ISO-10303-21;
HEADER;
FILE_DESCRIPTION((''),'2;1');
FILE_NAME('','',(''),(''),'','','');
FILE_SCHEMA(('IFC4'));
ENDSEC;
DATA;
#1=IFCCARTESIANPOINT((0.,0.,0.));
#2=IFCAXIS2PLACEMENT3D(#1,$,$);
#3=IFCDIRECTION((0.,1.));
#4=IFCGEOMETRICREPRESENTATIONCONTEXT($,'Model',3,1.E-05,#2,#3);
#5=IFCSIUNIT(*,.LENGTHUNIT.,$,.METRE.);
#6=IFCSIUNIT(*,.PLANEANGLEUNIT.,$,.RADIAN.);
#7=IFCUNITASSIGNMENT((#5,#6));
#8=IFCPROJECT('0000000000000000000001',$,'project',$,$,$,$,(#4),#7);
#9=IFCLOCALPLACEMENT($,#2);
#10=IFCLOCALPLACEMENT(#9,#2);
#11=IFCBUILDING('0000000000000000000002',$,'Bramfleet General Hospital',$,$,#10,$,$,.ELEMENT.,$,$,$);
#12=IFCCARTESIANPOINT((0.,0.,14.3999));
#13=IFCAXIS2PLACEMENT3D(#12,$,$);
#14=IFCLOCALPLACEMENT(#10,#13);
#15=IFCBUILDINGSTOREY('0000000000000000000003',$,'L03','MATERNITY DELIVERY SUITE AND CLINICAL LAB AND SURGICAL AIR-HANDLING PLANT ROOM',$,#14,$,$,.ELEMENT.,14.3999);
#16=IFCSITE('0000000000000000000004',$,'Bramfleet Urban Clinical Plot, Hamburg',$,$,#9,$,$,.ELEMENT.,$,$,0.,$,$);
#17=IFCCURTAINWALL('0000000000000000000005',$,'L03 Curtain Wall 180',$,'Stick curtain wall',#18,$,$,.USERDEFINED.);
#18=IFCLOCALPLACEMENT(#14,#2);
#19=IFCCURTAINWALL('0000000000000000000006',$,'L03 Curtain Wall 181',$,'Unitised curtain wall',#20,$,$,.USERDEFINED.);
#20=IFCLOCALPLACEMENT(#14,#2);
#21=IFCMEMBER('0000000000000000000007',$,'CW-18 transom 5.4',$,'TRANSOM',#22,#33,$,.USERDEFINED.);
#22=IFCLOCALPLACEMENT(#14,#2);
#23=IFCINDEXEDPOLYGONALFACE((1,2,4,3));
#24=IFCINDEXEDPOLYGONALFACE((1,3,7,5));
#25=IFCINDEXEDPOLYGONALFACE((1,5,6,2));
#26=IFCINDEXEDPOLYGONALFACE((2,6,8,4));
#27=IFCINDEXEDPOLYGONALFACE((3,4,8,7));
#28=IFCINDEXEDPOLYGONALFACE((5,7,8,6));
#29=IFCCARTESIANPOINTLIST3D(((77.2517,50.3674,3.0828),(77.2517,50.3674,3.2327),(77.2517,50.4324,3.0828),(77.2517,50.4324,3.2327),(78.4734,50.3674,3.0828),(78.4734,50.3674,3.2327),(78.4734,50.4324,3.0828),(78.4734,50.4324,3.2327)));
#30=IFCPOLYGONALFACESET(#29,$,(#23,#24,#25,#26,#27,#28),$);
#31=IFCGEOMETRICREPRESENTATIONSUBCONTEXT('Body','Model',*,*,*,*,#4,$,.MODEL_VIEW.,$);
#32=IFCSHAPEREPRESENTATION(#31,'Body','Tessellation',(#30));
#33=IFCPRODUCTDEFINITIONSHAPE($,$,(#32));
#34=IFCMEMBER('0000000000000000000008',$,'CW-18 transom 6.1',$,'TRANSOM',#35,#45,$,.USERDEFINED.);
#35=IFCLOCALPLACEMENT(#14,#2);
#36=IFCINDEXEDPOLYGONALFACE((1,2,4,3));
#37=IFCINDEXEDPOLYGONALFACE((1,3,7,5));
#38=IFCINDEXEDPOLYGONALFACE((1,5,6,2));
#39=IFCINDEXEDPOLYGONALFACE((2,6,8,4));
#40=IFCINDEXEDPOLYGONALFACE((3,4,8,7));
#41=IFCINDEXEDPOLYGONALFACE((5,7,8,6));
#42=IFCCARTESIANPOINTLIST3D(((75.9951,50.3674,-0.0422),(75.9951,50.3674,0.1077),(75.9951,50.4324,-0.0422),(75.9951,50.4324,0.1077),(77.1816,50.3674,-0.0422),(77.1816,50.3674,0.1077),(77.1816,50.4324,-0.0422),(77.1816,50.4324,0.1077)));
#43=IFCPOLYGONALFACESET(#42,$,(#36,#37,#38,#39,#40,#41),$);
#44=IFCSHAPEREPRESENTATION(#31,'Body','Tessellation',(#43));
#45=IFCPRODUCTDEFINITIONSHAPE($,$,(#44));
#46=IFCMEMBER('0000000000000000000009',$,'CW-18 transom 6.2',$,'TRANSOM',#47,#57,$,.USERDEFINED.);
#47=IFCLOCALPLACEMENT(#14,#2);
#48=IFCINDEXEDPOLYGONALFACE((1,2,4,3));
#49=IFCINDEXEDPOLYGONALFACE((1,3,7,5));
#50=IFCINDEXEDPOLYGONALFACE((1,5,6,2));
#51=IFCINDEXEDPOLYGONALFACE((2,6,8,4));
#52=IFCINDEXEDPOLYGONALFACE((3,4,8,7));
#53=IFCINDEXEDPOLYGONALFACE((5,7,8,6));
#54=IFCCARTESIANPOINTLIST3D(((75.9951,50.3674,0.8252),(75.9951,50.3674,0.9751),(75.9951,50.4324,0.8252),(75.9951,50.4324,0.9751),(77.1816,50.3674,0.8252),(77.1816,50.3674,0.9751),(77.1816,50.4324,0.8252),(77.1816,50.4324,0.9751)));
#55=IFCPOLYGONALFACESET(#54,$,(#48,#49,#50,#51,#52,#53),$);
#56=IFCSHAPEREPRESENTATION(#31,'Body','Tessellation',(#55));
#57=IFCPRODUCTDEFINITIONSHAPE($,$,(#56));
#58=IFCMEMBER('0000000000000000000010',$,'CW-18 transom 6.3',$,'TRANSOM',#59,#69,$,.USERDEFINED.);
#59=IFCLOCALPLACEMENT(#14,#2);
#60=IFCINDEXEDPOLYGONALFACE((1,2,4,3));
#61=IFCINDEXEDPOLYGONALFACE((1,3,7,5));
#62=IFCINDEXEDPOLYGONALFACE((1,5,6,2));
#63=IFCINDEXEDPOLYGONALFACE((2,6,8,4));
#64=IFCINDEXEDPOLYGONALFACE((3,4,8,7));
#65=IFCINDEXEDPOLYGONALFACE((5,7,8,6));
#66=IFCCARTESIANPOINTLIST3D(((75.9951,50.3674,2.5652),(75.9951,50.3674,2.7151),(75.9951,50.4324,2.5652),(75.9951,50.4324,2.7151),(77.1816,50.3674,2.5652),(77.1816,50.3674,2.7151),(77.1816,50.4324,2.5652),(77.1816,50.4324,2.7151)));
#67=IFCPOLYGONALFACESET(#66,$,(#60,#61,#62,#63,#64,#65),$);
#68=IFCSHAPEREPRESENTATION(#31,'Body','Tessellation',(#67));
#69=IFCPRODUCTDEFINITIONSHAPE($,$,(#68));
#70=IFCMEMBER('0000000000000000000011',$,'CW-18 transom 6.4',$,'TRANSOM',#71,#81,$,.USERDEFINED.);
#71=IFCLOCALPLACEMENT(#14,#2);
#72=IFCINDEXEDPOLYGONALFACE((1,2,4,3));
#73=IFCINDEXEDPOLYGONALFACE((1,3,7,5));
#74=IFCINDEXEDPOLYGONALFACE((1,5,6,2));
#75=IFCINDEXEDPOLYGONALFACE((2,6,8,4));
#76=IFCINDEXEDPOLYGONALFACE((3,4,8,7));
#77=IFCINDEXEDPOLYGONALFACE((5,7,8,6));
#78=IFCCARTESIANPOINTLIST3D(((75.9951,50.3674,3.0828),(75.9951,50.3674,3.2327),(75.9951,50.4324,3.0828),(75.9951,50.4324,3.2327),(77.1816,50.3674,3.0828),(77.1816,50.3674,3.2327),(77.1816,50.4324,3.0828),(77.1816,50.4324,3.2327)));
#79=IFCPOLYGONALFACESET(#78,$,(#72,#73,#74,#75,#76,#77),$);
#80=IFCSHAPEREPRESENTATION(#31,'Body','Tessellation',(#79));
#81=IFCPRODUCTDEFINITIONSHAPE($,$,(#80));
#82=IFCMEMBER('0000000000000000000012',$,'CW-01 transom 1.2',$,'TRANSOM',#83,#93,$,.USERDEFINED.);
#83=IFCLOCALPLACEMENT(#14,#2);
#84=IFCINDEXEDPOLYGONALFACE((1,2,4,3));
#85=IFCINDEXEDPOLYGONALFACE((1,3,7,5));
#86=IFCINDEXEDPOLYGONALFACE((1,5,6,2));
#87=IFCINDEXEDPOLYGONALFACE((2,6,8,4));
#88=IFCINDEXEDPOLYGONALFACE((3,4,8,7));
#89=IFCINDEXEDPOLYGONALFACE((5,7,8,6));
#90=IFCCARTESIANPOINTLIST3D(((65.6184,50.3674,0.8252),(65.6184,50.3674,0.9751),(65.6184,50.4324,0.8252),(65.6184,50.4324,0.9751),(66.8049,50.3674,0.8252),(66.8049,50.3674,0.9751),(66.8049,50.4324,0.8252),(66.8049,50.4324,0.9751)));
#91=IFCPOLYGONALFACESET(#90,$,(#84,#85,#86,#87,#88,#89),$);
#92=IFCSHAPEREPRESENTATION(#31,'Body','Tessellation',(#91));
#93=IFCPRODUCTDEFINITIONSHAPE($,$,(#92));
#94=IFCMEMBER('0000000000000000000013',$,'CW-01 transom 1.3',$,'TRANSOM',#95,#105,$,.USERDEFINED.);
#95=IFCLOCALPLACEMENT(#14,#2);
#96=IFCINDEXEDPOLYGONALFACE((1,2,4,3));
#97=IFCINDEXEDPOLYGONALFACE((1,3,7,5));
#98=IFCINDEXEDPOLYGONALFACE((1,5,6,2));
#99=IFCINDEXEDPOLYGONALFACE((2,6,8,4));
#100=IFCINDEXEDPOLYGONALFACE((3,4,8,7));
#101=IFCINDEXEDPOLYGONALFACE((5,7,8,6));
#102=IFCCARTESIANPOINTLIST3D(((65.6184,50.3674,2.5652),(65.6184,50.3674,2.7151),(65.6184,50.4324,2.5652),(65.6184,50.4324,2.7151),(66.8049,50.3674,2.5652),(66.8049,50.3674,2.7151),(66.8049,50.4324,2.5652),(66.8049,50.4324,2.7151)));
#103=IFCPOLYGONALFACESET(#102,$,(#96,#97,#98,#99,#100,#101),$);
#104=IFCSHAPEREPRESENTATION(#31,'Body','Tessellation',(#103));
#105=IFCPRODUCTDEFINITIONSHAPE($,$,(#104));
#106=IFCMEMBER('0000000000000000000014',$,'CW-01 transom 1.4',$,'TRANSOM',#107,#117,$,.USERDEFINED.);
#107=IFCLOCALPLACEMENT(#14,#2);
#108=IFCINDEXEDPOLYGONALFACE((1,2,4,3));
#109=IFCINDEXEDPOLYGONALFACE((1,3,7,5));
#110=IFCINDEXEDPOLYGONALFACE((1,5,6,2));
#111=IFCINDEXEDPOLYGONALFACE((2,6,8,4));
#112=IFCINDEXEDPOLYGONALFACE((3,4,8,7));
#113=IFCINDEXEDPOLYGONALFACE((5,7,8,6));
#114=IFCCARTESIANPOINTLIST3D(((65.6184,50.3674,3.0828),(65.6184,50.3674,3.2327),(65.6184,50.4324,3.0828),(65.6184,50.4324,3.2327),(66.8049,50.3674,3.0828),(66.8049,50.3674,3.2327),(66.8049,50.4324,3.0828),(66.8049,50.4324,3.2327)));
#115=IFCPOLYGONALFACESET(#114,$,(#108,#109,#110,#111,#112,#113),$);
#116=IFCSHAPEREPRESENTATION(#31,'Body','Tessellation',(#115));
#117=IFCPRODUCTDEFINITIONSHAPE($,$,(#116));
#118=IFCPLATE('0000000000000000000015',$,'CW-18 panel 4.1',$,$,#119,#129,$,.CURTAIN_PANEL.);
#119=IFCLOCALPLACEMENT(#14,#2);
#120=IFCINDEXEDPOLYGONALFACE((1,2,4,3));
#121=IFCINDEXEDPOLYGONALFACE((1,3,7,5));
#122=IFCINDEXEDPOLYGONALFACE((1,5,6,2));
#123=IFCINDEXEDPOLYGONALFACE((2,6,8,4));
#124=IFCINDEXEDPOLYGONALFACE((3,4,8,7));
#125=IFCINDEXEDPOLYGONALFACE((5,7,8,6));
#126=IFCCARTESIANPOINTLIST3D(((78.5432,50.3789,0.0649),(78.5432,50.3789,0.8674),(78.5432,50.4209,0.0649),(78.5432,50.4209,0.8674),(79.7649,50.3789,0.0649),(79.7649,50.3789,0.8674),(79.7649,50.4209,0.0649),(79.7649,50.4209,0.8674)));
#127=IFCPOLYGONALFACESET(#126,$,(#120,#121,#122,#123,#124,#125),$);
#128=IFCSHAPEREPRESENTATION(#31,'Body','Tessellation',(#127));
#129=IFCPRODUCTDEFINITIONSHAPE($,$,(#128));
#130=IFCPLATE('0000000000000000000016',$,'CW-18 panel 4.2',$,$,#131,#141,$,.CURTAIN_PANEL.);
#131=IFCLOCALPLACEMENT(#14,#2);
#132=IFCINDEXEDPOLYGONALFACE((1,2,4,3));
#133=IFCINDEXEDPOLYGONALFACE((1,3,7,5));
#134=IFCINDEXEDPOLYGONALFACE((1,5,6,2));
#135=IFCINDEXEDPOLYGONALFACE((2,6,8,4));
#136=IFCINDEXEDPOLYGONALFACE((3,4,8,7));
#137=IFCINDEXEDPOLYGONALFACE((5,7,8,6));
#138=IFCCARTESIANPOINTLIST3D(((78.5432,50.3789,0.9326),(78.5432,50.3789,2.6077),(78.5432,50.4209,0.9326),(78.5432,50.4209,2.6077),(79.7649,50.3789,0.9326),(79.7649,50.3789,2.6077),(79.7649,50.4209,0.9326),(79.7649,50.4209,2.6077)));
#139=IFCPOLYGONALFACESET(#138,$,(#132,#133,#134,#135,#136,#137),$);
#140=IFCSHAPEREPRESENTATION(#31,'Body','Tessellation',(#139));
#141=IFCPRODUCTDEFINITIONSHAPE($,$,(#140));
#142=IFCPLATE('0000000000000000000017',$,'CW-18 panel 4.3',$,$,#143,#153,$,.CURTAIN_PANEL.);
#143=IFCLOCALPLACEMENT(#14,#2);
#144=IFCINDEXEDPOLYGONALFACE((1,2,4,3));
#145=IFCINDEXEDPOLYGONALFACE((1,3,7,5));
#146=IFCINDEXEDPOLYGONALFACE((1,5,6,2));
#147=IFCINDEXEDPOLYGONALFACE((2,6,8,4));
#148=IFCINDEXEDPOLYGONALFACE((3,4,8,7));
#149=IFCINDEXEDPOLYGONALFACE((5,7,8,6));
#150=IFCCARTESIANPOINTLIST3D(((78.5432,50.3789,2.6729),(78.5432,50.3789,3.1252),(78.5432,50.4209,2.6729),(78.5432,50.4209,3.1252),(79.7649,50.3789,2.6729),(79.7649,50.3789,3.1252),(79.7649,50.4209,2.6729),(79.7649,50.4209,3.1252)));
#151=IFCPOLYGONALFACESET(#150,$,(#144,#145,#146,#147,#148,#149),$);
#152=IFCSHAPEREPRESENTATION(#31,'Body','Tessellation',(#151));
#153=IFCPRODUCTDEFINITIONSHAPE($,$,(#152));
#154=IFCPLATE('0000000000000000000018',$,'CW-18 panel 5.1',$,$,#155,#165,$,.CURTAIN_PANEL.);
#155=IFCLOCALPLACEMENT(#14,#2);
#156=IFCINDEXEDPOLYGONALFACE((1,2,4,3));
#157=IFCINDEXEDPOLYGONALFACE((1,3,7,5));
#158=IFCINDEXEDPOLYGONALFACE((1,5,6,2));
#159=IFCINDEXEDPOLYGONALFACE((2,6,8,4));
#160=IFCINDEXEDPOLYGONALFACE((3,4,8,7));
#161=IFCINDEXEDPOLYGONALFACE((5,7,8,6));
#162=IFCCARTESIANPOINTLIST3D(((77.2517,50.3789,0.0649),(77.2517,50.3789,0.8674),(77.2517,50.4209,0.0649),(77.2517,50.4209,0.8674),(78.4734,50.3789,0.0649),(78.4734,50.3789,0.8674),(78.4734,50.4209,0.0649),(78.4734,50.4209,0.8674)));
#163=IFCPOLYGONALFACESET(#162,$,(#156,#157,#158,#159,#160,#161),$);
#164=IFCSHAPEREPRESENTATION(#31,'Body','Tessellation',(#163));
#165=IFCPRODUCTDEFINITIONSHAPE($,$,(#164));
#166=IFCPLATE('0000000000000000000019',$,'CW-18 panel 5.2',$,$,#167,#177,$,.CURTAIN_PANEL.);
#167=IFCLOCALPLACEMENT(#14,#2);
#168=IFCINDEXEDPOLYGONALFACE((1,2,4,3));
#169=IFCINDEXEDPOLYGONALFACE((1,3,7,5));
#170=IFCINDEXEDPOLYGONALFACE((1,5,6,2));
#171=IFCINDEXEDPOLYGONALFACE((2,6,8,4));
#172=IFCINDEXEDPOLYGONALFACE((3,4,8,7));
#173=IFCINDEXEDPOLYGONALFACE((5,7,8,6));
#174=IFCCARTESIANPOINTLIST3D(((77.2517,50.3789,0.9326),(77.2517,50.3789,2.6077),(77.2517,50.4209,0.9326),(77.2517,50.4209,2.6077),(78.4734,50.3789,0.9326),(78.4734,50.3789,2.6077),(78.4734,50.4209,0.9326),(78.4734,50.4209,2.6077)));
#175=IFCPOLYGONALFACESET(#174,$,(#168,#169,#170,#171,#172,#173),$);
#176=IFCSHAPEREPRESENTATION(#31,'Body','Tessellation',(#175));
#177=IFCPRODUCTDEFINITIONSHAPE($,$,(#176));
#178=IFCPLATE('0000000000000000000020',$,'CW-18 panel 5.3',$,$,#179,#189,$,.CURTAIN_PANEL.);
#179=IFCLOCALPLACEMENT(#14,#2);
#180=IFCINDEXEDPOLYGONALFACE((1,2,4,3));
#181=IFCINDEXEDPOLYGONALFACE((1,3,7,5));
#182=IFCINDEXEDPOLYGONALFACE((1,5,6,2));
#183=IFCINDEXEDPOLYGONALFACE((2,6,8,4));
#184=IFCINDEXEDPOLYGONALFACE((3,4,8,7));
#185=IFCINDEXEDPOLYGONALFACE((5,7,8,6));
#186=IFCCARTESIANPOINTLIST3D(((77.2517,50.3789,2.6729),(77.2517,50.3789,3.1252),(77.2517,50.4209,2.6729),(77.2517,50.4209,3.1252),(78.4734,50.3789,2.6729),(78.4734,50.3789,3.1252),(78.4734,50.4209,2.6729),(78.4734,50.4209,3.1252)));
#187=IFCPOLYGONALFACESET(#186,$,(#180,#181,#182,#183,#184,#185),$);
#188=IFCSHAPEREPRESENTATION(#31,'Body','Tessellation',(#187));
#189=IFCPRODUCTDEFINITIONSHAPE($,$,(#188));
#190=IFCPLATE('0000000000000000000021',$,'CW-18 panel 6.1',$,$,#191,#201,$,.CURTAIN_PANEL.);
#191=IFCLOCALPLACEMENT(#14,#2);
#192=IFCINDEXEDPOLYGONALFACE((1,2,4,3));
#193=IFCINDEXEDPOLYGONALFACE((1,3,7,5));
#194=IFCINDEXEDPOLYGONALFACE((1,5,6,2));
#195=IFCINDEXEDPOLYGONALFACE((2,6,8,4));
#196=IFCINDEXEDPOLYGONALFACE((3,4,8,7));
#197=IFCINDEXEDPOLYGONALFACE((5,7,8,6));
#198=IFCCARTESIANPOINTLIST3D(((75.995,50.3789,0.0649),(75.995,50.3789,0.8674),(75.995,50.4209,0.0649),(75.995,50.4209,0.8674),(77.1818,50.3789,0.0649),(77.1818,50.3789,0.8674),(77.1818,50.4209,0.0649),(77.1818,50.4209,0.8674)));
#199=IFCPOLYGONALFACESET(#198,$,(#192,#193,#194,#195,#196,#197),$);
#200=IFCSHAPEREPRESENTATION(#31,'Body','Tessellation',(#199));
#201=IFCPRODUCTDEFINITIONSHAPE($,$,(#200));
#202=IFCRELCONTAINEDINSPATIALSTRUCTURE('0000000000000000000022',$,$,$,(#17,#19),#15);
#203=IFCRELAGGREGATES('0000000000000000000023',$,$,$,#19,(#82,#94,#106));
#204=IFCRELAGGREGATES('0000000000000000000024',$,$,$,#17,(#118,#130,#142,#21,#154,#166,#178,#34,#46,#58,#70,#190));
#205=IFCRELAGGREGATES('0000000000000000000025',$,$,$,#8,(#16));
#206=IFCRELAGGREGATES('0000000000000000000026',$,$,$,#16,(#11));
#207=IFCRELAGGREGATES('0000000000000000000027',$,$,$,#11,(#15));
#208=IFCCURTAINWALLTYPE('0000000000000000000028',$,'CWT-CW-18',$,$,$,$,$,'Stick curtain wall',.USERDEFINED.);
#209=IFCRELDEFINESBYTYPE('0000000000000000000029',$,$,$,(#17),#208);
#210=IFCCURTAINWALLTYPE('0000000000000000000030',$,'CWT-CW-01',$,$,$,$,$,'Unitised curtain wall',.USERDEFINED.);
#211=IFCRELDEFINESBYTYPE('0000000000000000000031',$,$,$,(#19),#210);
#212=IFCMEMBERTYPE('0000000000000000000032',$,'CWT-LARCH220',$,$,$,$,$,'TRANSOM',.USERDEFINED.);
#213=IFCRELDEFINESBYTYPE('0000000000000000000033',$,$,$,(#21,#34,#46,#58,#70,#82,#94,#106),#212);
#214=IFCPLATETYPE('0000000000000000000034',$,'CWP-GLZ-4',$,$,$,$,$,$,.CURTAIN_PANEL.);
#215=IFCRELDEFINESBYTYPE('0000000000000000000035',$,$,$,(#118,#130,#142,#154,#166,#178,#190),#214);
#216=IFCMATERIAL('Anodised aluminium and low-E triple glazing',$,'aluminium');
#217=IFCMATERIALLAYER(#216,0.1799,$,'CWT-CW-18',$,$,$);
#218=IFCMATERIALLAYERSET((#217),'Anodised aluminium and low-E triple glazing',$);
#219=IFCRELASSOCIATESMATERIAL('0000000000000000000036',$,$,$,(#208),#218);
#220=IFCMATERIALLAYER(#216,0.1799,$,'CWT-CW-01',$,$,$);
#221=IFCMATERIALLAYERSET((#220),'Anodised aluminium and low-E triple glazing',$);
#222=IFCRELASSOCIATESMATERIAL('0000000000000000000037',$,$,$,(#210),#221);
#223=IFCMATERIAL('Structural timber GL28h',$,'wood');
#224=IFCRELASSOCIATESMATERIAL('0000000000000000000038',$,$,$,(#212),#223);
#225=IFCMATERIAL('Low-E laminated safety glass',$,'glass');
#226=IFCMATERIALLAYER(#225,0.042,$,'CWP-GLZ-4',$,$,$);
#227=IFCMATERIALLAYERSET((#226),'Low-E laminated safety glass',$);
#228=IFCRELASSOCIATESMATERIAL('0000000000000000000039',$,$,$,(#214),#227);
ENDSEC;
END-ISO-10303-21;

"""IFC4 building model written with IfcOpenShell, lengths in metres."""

from ifc_helpers import new_model, si_unit, direction, frame, origin, origin_2d, place, context, subcontext, project, spatial, rectangle, extrude, material, layer, layer_set, material_profile, profile_set, type_object, element, aggregate, save


model = new_model("IFC4")

# Units and contexts
model_context = context("Model", 3, precision=1e-05, world=origin(), true_north=direction((0.0, 1.0)))
body_context = subcontext(model_context, "Body", "Model", "MODEL_VIEW")
ifc_project = project(units=[si_unit("LENGTHUNIT", "METRE"), si_unit("PLANEANGLEUNIT", "RADIAN")], contexts=[model_context])

# Site, building, storey
site_placement = place(None, origin())
site = spatial("IfcSite", under=ifc_project, at=site_placement, Name="Bramfleet Urban Clinical Plot, Hamburg", CompositionType="ELEMENT", RefElevation=0.0)
building_placement = place(site_placement, origin())
building = spatial("IfcBuilding", under=site, at=building_placement, Name="Bramfleet General Hospital", CompositionType="ELEMENT")
storey_placement = place(building_placement, frame((0.0, 0.0, 14.3999)))
storey = spatial("IfcBuildingStorey", under=building, at=storey_placement, Name="L03", Description="MATERNITY DELIVERY SUITE AND CLINICAL LAB AND SURGICAL AIR-HANDLING PLANT ROOM", CompositionType="ELEMENT", Elevation=14.3999)

# Curtain wall
ifc_material_1 = material(Name="Anodised aluminium and low-E triple glazing", Category="aluminium")
ifc_layer_1 = layer(ifc_material_1, 0.1799, Name="CWT-CW-18")
ifc_layer_set_1 = layer_set([ifc_layer_1], Name="Anodised aluminium and low-E triple glazing")
curtain_wall_type_1 = type_object("IfcCurtainWallType", Name="CWT-CW-18", ElementType="Stick curtain wall", PredefinedType="USERDEFINED", material=ifc_layer_set_1)
curtain_wall_1_placement = place(storey_placement, origin())
curtain_wall_1 = element("IfcCurtainWall", 1, at=curtain_wall_1_placement, inside=storey, type_object=curtain_wall_type_1, Name="L03 Curtain Wall 180", ObjectType="Stick curtain wall", PredefinedType="USERDEFINED")
ifc_material_2 = material(Name="Structural timber GL28h", Category="wood")

# Curtain wall
ifc_layer_2 = layer(ifc_material_1, 0.1799, Name="CWT-CW-01")
ifc_layer_set_2 = layer_set([ifc_layer_2], Name="Anodised aluminium and low-E triple glazing")
curtain_wall_type_2 = type_object("IfcCurtainWallType", Name="CWT-CW-01", ElementType="Unitised curtain wall", PredefinedType="USERDEFINED", material=ifc_layer_set_2)
curtain_wall_2_placement = place(storey_placement, origin())
curtain_wall_2 = element("IfcCurtainWall", 2, at=curtain_wall_2_placement, inside=storey, type_object=curtain_wall_type_2, Name="L03 Curtain Wall 181", ObjectType="Unitised curtain wall", PredefinedType="USERDEFINED")

# Members
ifc_material_profile_1 = material_profile(ifc_material_2, rectangle(XDim=0.0649, YDim=0.1499, at=origin_2d()), Name="LARCH 150x65")
ifc_profile_set_1 = profile_set([ifc_material_profile_1], Name="Structural timber GL28h")
member_type_1 = type_object("IfcMemberType", Name="CWT-LARCH220", ElementType="TRANSOM", PredefinedType="USERDEFINED", material=ifc_profile_set_1)
member_1_placement = place(storey_placement, frame((78.4734, 50.3999, 3.1577), z_axis=(-1.0, 0.0, 0.0), x_axis=(0.0, -1.0, 0.0)))
member_1 = element("IfcMember", 3, at=member_1_placement, type_object=member_type_1, Name="CW-18 transom 5.4", ObjectType="TRANSOM", PredefinedType="USERDEFINED", context=body_context, shape_type="SweptSolid", body=[
    extrude(rectangle(XDim=0.0649, YDim=0.1499, at=origin_2d()), origin(), (0.0, 0.0, 1.0), 1.2217),
])
member_2_placement = place(storey_placement, frame((77.1816, 50.3999, 0.0327), z_axis=(-1.0, 0.0, 0.0), x_axis=(0.0, -1.0, 0.0)))
member_2 = element("IfcMember", 4, at=member_2_placement, type_object=member_type_1, Name="CW-18 transom 6.1", ObjectType="TRANSOM", PredefinedType="USERDEFINED", context=body_context, shape_type="SweptSolid", body=[
    extrude(rectangle(XDim=0.0649, YDim=0.1499, at=origin_2d()), origin(), (0.0, 0.0, 1.0), 1.1865),
])
member_3_placement = place(storey_placement, frame((77.1816, 50.3999, 0.9001), z_axis=(-1.0, 0.0, 0.0), x_axis=(0.0, -1.0, 0.0)))
member_3 = element("IfcMember", 5, at=member_3_placement, type_object=member_type_1, Name="CW-18 transom 6.2", ObjectType="TRANSOM", PredefinedType="USERDEFINED", context=body_context, shape_type="SweptSolid", body=[
    extrude(rectangle(XDim=0.0649, YDim=0.1499, at=origin_2d()), origin(), (0.0, 0.0, 1.0), 1.1865),
])
member_4_placement = place(storey_placement, frame((77.1816, 50.3999, 2.6401), z_axis=(-1.0, 0.0, 0.0), x_axis=(0.0, -1.0, 0.0)))
member_4 = element("IfcMember", 6, at=member_4_placement, type_object=member_type_1, Name="CW-18 transom 6.3", ObjectType="TRANSOM", PredefinedType="USERDEFINED", context=body_context, shape_type="SweptSolid", body=[
    extrude(rectangle(XDim=0.0649, YDim=0.1499, at=origin_2d()), origin(), (0.0, 0.0, 1.0), 1.1865),
])
member_5_placement = place(storey_placement, frame((77.1816, 50.3999, 3.1577), z_axis=(-1.0, 0.0, 0.0), x_axis=(0.0, -1.0, 0.0)))
member_5 = element("IfcMember", 7, at=member_5_placement, type_object=member_type_1, Name="CW-18 transom 6.4", ObjectType="TRANSOM", PredefinedType="USERDEFINED", context=body_context, shape_type="SweptSolid", body=[
    extrude(rectangle(XDim=0.0649, YDim=0.1499, at=origin_2d()), origin(), (0.0, 0.0, 1.0), 1.1865),
])
member_6_placement = place(storey_placement, frame((66.8049, 50.3999, 0.9001), z_axis=(-1.0, 0.0, 0.0), x_axis=(0.0, -1.0, 0.0)))
member_6 = element("IfcMember", 8, at=member_6_placement, type_object=member_type_1, Name="CW-01 transom 1.2", ObjectType="TRANSOM", PredefinedType="USERDEFINED", context=body_context, shape_type="SweptSolid", body=[
    extrude(rectangle(XDim=0.0649, YDim=0.1499, at=origin_2d()), origin(), (0.0, 0.0, 1.0), 1.1865),
])
member_7_placement = place(storey_placement, frame((66.8049, 50.3999, 2.6401), z_axis=(-1.0, 0.0, 0.0), x_axis=(0.0, -1.0, 0.0)))
member_7 = element("IfcMember", 9, at=member_7_placement, type_object=member_type_1, Name="CW-01 transom 1.3", ObjectType="TRANSOM", PredefinedType="USERDEFINED", context=body_context, shape_type="SweptSolid", body=[
    extrude(rectangle(XDim=0.0649, YDim=0.1499, at=origin_2d()), origin(), (0.0, 0.0, 1.0), 1.1865),
])
member_8_placement = place(storey_placement, frame((66.8049, 50.3999, 3.1577), z_axis=(-1.0, 0.0, 0.0), x_axis=(0.0, -1.0, 0.0)))
member_8 = element("IfcMember", 10, at=member_8_placement, type_object=member_type_1, Name="CW-01 transom 1.4", ObjectType="TRANSOM", PredefinedType="USERDEFINED", context=body_context, shape_type="SweptSolid", body=[
    extrude(rectangle(XDim=0.0649, YDim=0.1499, at=origin_2d()), origin(), (0.0, 0.0, 1.0), 1.1865),
])
aggregate(curtain_wall_2, [member_6, member_7, member_8])

# Plates
ifc_material_3 = material(Name="Low-E laminated safety glass", Category="glass")
ifc_layer_3 = layer(ifc_material_3, 0.042, Name="CWP-GLZ-4")
ifc_layer_set_3 = layer_set([ifc_layer_3], Name="Low-E laminated safety glass")
plate_type = type_object("IfcPlateType", Name="CWP-GLZ-4", PredefinedType="CURTAIN_PANEL", material=ifc_layer_set_3)
plate_1_placement = place(storey_placement, frame((79.1541, 50.3999, 0.0649), z_axis=(0.0, 0.0, 1.0), x_axis=(-1.0, 0.0, 0.0)))
plate_1 = element("IfcPlate", 11, at=plate_1_placement, type_object=plate_type, Name="CW-18 panel 4.1", PredefinedType="CURTAIN_PANEL", context=body_context, shape_type="SweptSolid", body=[
    extrude(rectangle(XDim=1.2217, YDim=0.042, at=origin_2d()), origin(), (0.0, 0.0, 1.0), 0.8025),
])
plate_2_placement = place(storey_placement, frame((79.1541, 50.3999, 0.9326), z_axis=(0.0, 0.0, 1.0), x_axis=(-1.0, 0.0, 0.0)))
plate_2 = element("IfcPlate", 12, at=plate_2_placement, type_object=plate_type, Name="CW-18 panel 4.2", PredefinedType="CURTAIN_PANEL", context=body_context, shape_type="SweptSolid", body=[
    extrude(rectangle(XDim=1.2217, YDim=0.042, at=origin_2d()), origin(), (0.0, 0.0, 1.0), 1.675),
])
plate_3_placement = place(storey_placement, frame((79.1541, 50.3999, 2.6729), z_axis=(0.0, 0.0, 1.0), x_axis=(-1.0, 0.0, 0.0)))
plate_3 = element("IfcPlate", 13, at=plate_3_placement, type_object=plate_type, Name="CW-18 panel 4.3", PredefinedType="CURTAIN_PANEL", context=body_context, shape_type="SweptSolid", body=[
    extrude(rectangle(XDim=1.2217, YDim=0.042, at=origin_2d()), origin(), (0.0, 0.0, 1.0), 0.4524),
])
plate_4_placement = place(storey_placement, frame((77.8625, 50.3999, 0.0649), z_axis=(0.0, 0.0, 1.0), x_axis=(-1.0, 0.0, 0.0)))
plate_4 = element("IfcPlate", 14, at=plate_4_placement, type_object=plate_type, Name="CW-18 panel 5.1", PredefinedType="CURTAIN_PANEL", context=body_context, shape_type="SweptSolid", body=[
    extrude(rectangle(XDim=1.2217, YDim=0.042, at=origin_2d()), origin(), (0.0, 0.0, 1.0), 0.8025),
])
plate_5_placement = place(storey_placement, frame((77.8625, 50.3999, 0.9326), z_axis=(0.0, 0.0, 1.0), x_axis=(-1.0, 0.0, 0.0)))
plate_5 = element("IfcPlate", 15, at=plate_5_placement, type_object=plate_type, Name="CW-18 panel 5.2", PredefinedType="CURTAIN_PANEL", context=body_context, shape_type="SweptSolid", body=[
    extrude(rectangle(XDim=1.2217, YDim=0.042, at=origin_2d()), origin(), (0.0, 0.0, 1.0), 1.675),
])
plate_6_placement = place(storey_placement, frame((77.8625, 50.3999, 2.6729), z_axis=(0.0, 0.0, 1.0), x_axis=(-1.0, 0.0, 0.0)))
plate_6 = element("IfcPlate", 16, at=plate_6_placement, type_object=plate_type, Name="CW-18 panel 5.3", PredefinedType="CURTAIN_PANEL", context=body_context, shape_type="SweptSolid", body=[
    extrude(rectangle(XDim=1.2217, YDim=0.042, at=origin_2d()), origin(), (0.0, 0.0, 1.0), 0.4524),
])
plate_7_placement = place(storey_placement, frame((76.5884, 50.3999, 0.0649), z_axis=(0.0, 0.0, 1.0), x_axis=(-1.0, 0.0, 0.0)))
plate_7 = element("IfcPlate", 17, at=plate_7_placement, type_object=plate_type, Name="CW-18 panel 6.1", PredefinedType="CURTAIN_PANEL", context=body_context, shape_type="SweptSolid", body=[
    extrude(rectangle(XDim=1.1868, YDim=0.042, at=origin_2d()), origin(), (0.0, 0.0, 1.0), 0.8025),
])
aggregate(curtain_wall_1, [plate_1, plate_2, plate_3, member_1, plate_4, plate_5, plate_6, member_2, member_3, member_4, member_5, plate_7])

save(model, "model.ifc")
